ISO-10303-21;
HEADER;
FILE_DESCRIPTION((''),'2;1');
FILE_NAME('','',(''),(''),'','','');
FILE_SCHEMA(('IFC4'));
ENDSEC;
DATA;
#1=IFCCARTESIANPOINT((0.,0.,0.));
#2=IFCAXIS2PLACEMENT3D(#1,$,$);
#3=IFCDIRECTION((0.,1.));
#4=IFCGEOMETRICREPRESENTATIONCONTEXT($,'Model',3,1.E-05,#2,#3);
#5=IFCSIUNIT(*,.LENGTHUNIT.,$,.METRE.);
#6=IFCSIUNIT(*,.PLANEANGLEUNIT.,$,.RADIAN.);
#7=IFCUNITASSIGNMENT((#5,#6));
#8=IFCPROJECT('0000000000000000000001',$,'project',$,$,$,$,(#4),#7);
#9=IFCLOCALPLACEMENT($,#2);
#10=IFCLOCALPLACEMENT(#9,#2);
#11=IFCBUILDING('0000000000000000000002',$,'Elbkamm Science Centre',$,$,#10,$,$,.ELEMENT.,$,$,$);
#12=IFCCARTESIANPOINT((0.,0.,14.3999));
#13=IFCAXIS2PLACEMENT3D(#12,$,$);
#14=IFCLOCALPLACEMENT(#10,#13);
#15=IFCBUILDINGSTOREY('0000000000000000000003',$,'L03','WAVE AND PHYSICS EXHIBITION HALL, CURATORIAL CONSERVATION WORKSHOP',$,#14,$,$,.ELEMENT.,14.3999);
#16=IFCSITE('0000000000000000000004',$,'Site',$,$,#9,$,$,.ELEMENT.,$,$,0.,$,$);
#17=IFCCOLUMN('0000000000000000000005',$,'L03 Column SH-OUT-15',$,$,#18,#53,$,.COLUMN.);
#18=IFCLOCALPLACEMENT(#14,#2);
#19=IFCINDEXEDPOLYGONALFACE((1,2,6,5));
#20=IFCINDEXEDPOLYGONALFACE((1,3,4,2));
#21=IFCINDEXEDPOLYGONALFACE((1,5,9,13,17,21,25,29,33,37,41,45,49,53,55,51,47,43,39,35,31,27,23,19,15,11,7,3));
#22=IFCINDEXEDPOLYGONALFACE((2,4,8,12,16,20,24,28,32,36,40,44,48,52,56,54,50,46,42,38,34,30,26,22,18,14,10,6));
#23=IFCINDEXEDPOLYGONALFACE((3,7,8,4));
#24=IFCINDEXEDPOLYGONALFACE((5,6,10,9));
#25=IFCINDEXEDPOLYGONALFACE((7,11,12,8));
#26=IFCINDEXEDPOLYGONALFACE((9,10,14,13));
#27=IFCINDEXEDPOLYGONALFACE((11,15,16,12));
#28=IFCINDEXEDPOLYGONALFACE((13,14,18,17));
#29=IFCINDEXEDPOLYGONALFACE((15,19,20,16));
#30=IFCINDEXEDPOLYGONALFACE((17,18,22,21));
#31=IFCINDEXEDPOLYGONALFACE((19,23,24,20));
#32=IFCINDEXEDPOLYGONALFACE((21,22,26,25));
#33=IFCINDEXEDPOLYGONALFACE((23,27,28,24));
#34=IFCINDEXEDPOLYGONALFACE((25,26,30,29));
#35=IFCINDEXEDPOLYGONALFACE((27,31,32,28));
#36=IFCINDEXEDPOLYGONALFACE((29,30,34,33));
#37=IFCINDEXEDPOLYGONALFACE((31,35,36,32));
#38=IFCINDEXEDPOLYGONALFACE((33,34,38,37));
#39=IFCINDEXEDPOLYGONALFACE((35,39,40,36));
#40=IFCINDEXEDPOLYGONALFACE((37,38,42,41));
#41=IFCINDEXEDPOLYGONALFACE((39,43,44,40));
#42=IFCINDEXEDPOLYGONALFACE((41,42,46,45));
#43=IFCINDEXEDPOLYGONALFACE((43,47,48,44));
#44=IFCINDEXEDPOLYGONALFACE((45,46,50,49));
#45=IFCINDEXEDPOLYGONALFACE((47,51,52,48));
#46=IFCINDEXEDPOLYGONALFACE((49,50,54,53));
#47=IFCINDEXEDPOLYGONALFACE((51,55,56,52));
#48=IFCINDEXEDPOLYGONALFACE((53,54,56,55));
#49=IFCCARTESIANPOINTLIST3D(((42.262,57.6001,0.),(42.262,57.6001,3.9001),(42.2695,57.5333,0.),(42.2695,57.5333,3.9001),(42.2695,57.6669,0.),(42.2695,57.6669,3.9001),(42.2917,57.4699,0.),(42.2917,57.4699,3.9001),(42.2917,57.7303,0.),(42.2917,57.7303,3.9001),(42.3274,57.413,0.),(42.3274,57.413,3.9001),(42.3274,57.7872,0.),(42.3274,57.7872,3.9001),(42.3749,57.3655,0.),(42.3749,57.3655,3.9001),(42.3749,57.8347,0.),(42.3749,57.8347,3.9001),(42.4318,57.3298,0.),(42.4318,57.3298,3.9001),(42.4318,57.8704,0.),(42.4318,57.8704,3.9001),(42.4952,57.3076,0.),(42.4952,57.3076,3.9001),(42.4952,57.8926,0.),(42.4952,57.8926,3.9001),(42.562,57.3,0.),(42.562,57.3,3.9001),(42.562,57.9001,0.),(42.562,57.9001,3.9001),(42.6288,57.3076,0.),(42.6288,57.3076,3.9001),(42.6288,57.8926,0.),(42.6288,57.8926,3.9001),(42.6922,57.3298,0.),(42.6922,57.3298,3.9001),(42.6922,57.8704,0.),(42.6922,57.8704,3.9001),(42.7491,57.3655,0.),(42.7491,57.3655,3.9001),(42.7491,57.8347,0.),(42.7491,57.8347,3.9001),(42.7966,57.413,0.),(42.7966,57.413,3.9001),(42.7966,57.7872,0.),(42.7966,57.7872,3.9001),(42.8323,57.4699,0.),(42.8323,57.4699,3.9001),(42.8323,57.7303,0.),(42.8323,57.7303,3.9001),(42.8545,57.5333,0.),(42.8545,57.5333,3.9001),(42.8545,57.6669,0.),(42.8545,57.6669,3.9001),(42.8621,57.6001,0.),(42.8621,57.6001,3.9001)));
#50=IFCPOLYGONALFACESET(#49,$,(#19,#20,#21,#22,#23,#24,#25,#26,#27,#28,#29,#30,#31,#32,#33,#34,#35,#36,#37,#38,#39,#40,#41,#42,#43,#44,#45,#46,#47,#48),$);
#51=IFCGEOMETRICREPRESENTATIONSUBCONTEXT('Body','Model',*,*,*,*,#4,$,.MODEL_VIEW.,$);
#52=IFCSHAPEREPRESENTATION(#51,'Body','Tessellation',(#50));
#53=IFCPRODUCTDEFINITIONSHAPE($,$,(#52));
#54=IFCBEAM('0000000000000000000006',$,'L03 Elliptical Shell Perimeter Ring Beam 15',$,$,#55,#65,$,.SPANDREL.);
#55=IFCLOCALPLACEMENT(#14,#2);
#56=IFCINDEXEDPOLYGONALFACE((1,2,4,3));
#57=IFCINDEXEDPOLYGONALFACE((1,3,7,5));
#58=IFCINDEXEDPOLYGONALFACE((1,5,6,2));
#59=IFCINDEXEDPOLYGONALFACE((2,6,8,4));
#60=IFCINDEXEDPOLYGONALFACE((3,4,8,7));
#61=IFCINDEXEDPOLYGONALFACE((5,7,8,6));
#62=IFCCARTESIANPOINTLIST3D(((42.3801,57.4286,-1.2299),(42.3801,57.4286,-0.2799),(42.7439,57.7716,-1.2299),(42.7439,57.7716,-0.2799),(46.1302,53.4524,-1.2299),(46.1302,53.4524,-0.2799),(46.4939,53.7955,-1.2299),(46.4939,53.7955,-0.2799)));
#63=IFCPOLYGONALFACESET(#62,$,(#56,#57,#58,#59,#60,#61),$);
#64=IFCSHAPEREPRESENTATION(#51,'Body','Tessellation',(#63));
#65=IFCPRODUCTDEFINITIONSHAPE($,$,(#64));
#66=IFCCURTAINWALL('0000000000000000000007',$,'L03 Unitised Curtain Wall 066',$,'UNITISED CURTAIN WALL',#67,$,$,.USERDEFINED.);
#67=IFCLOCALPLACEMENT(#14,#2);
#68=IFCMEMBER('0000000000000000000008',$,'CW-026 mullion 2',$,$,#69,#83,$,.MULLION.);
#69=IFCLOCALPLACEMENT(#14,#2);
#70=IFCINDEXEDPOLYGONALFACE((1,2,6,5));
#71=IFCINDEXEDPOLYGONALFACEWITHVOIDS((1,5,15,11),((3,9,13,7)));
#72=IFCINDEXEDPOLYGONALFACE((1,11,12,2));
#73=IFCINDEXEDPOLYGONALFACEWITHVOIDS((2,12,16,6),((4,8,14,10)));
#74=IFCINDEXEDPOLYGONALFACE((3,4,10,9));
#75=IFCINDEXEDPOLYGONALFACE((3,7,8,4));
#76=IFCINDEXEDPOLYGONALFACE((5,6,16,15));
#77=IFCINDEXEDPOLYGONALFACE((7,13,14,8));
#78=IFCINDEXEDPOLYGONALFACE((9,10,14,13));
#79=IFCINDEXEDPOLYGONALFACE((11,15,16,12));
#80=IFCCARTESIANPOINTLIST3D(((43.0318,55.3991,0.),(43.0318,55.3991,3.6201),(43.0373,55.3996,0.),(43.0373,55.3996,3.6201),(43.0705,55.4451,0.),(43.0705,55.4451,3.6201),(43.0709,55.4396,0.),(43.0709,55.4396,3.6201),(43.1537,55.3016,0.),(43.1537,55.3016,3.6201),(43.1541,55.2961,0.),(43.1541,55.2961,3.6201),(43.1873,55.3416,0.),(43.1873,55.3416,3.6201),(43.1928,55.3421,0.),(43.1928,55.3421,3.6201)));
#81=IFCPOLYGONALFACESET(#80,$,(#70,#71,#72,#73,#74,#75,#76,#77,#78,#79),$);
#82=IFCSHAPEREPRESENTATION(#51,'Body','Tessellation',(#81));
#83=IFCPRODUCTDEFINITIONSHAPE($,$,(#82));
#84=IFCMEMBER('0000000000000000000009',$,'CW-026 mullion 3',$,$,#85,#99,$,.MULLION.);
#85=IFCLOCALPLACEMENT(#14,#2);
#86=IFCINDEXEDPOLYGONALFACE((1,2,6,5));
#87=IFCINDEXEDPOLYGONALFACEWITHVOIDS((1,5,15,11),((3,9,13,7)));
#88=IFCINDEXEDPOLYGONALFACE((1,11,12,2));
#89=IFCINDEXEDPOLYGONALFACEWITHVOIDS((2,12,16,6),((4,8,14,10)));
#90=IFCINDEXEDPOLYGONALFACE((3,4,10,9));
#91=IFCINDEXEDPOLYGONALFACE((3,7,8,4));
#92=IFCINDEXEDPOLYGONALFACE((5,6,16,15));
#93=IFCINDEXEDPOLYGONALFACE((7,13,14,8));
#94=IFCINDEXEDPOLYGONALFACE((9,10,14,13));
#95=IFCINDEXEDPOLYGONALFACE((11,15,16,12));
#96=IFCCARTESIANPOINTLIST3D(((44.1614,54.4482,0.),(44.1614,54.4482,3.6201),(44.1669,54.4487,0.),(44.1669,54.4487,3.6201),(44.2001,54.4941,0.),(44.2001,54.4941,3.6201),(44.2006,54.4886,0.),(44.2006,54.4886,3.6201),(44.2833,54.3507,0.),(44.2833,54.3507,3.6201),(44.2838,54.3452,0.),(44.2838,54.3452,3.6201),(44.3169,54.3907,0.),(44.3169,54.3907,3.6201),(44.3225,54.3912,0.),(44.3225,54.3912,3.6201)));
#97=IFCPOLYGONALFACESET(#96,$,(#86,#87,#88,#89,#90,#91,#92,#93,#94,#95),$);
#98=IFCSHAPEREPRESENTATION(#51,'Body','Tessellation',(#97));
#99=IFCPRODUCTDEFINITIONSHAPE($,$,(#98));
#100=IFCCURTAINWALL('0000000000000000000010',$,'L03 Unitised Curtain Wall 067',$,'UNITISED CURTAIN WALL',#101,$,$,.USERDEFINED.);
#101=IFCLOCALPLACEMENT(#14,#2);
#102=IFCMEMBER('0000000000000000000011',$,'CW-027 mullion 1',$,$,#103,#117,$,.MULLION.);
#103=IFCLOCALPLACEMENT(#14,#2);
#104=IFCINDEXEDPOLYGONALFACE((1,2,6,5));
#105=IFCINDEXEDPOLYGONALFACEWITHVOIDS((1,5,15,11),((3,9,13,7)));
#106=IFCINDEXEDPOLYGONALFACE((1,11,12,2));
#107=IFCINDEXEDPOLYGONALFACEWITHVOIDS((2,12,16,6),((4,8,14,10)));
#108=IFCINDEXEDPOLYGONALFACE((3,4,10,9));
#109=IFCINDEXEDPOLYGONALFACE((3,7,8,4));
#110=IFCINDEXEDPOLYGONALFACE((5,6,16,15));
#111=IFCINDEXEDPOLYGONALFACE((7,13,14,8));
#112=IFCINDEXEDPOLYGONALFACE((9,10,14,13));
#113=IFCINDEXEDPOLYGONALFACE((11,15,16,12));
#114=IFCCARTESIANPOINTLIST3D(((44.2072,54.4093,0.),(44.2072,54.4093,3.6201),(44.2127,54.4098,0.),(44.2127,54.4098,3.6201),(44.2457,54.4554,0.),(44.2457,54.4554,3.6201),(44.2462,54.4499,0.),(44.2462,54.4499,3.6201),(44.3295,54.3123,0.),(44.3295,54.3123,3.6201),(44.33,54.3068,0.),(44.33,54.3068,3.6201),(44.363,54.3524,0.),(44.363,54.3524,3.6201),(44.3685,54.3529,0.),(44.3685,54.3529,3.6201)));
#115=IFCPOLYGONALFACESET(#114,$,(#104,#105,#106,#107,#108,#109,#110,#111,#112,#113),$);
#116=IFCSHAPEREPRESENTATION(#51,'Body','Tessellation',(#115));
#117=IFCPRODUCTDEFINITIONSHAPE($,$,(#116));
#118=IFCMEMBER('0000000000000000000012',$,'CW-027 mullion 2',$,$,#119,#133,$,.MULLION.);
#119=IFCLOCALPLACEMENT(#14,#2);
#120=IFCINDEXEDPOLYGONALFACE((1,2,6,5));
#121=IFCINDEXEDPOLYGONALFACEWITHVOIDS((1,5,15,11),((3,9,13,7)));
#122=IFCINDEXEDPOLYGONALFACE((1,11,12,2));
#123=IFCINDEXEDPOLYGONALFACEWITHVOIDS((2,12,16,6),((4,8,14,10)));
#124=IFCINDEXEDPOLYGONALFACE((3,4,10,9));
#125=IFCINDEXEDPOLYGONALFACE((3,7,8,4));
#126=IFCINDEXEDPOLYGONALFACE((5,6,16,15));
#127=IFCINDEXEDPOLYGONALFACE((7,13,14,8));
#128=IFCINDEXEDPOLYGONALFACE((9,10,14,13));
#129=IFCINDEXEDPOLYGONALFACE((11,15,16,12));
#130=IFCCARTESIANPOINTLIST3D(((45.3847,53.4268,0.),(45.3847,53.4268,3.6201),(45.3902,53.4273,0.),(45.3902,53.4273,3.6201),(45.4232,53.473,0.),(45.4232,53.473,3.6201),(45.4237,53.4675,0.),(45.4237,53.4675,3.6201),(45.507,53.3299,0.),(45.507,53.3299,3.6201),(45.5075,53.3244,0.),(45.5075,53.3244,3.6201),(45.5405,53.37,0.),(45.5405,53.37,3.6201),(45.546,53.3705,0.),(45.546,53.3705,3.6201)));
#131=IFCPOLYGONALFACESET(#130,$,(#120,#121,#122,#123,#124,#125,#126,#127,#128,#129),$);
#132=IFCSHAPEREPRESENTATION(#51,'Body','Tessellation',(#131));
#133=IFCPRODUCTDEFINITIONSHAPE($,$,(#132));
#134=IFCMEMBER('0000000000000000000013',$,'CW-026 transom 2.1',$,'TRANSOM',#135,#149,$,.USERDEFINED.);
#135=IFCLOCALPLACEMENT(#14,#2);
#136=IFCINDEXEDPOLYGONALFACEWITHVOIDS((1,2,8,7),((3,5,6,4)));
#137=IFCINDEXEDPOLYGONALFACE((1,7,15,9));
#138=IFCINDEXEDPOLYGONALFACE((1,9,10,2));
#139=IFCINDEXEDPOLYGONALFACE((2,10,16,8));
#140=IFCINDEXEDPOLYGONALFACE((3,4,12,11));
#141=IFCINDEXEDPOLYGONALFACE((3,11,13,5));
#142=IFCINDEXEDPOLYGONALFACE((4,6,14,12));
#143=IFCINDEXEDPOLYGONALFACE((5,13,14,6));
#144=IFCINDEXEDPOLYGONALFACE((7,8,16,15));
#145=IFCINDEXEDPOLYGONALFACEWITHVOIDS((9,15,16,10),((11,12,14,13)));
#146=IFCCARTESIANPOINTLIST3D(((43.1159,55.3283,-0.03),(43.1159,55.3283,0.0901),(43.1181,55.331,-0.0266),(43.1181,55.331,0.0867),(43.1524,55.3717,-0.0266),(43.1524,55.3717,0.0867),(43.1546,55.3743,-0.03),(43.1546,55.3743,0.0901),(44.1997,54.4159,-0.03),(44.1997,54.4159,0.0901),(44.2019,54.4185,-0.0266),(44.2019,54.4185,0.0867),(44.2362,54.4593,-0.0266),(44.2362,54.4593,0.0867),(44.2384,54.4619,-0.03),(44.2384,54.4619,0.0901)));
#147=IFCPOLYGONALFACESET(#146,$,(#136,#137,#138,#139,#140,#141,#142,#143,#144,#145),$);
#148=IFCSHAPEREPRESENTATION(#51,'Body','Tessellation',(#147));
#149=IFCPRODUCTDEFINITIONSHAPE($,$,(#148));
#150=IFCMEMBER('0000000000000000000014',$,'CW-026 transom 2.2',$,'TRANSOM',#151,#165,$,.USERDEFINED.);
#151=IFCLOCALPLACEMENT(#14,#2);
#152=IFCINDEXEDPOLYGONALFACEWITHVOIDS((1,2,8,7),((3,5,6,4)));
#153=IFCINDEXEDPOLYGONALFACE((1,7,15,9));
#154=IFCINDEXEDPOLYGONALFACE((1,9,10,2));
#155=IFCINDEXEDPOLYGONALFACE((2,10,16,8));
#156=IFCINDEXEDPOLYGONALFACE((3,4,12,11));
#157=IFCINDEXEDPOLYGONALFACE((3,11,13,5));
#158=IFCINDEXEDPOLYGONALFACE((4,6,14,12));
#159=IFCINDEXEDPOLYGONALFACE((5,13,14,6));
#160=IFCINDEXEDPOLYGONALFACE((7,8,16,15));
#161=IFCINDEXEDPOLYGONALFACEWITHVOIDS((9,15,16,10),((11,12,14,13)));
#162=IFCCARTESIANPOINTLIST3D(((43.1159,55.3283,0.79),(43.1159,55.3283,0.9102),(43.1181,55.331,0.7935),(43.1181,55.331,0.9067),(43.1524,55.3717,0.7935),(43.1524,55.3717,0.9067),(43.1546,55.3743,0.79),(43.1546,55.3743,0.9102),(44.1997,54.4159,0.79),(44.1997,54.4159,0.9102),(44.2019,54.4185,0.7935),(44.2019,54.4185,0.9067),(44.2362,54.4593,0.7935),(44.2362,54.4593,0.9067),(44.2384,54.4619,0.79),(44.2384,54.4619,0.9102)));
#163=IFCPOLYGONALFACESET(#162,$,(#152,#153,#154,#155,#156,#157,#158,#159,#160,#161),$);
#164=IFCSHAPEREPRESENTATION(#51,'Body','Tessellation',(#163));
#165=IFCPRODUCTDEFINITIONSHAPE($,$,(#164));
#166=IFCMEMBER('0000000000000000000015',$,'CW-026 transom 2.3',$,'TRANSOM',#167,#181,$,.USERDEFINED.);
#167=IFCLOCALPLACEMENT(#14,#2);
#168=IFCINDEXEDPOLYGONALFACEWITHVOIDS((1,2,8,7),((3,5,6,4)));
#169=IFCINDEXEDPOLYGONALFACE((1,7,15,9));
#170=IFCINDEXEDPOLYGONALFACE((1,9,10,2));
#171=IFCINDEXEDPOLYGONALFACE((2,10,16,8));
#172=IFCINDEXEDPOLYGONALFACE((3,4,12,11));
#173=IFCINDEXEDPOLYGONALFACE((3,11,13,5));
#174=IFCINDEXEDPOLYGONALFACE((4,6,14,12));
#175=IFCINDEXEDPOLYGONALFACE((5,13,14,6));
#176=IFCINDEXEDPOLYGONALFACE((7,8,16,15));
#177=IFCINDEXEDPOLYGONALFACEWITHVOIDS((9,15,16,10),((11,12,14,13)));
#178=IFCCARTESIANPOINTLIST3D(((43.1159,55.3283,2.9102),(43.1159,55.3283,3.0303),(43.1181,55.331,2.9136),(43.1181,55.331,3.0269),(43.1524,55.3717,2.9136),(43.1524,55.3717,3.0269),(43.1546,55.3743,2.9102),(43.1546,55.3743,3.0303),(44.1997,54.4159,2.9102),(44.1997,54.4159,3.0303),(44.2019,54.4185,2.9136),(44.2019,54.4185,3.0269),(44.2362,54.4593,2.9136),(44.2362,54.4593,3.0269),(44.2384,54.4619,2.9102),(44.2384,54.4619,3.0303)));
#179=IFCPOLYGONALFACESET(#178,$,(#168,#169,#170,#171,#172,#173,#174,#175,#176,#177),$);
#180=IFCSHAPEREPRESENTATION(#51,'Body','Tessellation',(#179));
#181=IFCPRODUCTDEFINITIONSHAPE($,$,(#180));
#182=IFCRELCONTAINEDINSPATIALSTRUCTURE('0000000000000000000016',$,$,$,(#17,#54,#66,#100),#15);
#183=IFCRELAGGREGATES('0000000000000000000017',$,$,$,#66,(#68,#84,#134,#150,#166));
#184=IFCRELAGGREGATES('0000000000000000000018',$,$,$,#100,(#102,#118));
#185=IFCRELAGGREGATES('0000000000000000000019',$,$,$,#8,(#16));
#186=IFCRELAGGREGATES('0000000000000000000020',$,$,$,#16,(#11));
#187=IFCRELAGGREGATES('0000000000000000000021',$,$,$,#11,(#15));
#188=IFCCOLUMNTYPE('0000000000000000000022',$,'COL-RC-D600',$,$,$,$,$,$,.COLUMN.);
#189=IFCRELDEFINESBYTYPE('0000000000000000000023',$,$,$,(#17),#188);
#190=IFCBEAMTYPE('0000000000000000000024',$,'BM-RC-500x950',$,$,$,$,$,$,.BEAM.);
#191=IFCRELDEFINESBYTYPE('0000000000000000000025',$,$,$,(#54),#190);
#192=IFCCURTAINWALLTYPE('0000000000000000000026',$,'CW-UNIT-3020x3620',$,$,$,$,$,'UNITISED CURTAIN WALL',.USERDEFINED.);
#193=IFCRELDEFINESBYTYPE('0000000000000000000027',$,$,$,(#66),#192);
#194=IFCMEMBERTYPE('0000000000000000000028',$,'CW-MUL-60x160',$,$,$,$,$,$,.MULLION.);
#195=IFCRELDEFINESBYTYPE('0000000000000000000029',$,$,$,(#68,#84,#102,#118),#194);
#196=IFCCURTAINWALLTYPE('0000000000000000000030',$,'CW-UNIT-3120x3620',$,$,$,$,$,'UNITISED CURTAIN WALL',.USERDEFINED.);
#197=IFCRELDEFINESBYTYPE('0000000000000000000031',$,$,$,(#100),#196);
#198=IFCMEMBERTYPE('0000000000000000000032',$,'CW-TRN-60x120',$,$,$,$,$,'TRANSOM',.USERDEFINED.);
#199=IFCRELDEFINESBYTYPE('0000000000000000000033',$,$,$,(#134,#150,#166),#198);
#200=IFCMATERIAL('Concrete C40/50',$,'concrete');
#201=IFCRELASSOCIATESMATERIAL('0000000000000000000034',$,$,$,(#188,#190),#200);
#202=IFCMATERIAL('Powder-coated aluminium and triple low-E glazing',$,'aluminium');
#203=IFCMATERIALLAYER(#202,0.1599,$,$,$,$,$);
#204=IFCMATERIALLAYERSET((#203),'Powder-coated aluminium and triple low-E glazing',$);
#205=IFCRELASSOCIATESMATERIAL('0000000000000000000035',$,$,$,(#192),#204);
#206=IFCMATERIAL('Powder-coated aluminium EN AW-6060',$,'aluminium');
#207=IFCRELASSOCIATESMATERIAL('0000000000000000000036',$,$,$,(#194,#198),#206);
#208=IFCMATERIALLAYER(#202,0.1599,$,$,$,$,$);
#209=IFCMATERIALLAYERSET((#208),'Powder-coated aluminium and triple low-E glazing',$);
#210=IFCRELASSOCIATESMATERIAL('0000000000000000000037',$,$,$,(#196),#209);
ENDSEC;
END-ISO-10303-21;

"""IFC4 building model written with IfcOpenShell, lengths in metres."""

from ifc_helpers import new_model, si_unit, direction, frame, origin, origin_2d, place, context, subcontext, project, spatial, rectangle, hollow_rectangle, circle, extrude, material, layer, layer_set, material_profile, profile_set, type_object, element, aggregate, save


model = new_model("IFC4")

# Units and contexts
model_context = context("Model", 3, precision=1e-05, world=origin(), true_north=direction((0.0, 1.0)))
body_context = subcontext(model_context, "Body", "Model", "MODEL_VIEW")
ifc_project = project(units=[si_unit("LENGTHUNIT", "METRE"), si_unit("PLANEANGLEUNIT", "RADIAN")], contexts=[model_context])

# Site, building, storey
site_placement = place(None, origin())
site = spatial("IfcSite", under=ifc_project, at=site_placement, Name="Site", CompositionType="ELEMENT", RefElevation=0.0)
building_placement = place(site_placement, origin())
building = spatial("IfcBuilding", under=site, at=building_placement, Name="Elbkamm Science Centre", CompositionType="ELEMENT")
storey_placement = place(building_placement, frame((0.0, 0.0, 14.3999)))
storey = spatial("IfcBuildingStorey", under=building, at=storey_placement, Name="L03", Description="WAVE AND PHYSICS EXHIBITION HALL, CURATORIAL CONSERVATION WORKSHOP", CompositionType="ELEMENT", Elevation=14.3999)

# Column
ifc_material_1 = material(Name="Concrete C40/50", Category="concrete")
ifc_material_profile_1 = material_profile(ifc_material_1, circle(Radius=0.3, at=origin_2d()), Name="RC D600")
ifc_profile_set_1 = profile_set([ifc_material_profile_1], Name="Concrete C40/50")
column_type = type_object("IfcColumnType", Name="COL-RC-D600", PredefinedType="COLUMN", material=ifc_profile_set_1)
column_placement = place(storey_placement, frame((42.562, 57.6001, 0.0), z_axis=(0.0, 0.0, 1.0), x_axis=(1.0, 0.0, 0.0)))
element("IfcColumn", 1, at=column_placement, inside=storey, type_object=column_type, Name="L03 Column SH-OUT-15", PredefinedType="COLUMN", context=body_context, shape_type="SweptSolid", body=[
    extrude(circle(Radius=0.3, at=origin_2d()), origin(), (0.0, 0.0, 1.0), 3.9001),
])

# Beam
ifc_material_profile_2 = material_profile(ifc_material_1, rectangle(XDim=0.5, YDim=0.95, at=origin_2d()), Name="RC 500x950")
ifc_profile_set_2 = profile_set([ifc_material_profile_2], Name="Concrete C40/50")
beam_type = type_object("IfcBeamType", Name="BM-RC-500x950", PredefinedType="BEAM", material=ifc_profile_set_2)
beam_placement = place(storey_placement, frame((42.562, 57.6001, -0.7549), z_axis=(0.686122, -0.727486, 0.0), x_axis=(0.727486, 0.686122, 0.0)))
element("IfcBeam", 2, at=beam_placement, inside=storey, type_object=beam_type, Name="L03 Elliptical Shell Perimeter Ring Beam 15", PredefinedType="SPANDREL", context=body_context, shape_type="SweptSolid", body=[
    extrude(rectangle(XDim=0.5, YDim=0.95, at=origin_2d()), origin(), (0.0, 0.0, 1.0), 5.4656),
])

# Curtain walls, members
ifc_material_2 = material(Name="Powder-coated aluminium and triple low-E glazing", Category="aluminium")
ifc_layer_1 = layer(ifc_material_2, 0.1599)
ifc_layer_set_1 = layer_set([ifc_layer_1], Name="Powder-coated aluminium and triple low-E glazing")
curtain_wall_type_1 = type_object("IfcCurtainWallType", Name="CW-UNIT-3020x3620", ElementType="UNITISED CURTAIN WALL", PredefinedType="USERDEFINED", material=ifc_layer_set_1)
curtain_wall_1_placement = place(storey_placement, origin())
curtain_wall_1 = element("IfcCurtainWall", 3, at=curtain_wall_1_placement, inside=storey, type_object=curtain_wall_type_1, Name="L03 Unitised Curtain Wall 066", ObjectType="UNITISED CURTAIN WALL", PredefinedType="USERDEFINED")
ifc_material_3 = material(Name="Powder-coated aluminium EN AW-6060", Category="aluminium")
ifc_material_profile_3 = material_profile(ifc_material_3, hollow_rectangle(XDim=0.0601, YDim=0.1599, WallThickness=0.0039, at=origin_2d()), Name="ALU M60x160")
ifc_profile_set_3 = profile_set([ifc_material_profile_3], Name="Powder-coated aluminium EN AW-6060")
member_type_1 = type_object("IfcMemberType", Name="CW-MUL-60x160", PredefinedType="MULLION", material=ifc_profile_set_3)
member_1_placement = place(storey_placement, frame((43.1123, 55.3706, 0.0), z_axis=(0.0, 0.0, 1.0), x_axis=(0.643957, 0.765062, 0.0)))
member_1 = element("IfcMember", 4, at=member_1_placement, type_object=member_type_1, Name="CW-026 mullion 2", PredefinedType="MULLION", context=body_context, shape_type="SweptSolid", body=[
    extrude(hollow_rectangle(XDim=0.0601, YDim=0.1599, WallThickness=0.0039, at=origin_2d()), origin(), (0.0, 0.0, 1.0), 3.6201),
])
member_2_placement = place(storey_placement, frame((44.2419, 54.4197, 0.0), z_axis=(0.0, 0.0, 1.0), x_axis=(0.643957, 0.765062, 0.0)))
member_2 = element("IfcMember", 5, at=member_2_placement, type_object=member_type_1, Name="CW-026 mullion 3", PredefinedType="MULLION", context=body_context, shape_type="SweptSolid", body=[
    extrude(hollow_rectangle(XDim=0.0601, YDim=0.1599, WallThickness=0.0039, at=origin_2d()), origin(), (0.0, 0.0, 1.0), 3.6201),
])
ifc_layer_2 = layer(ifc_material_2, 0.1599)
ifc_layer_set_2 = layer_set([ifc_layer_2], Name="Powder-coated aluminium and triple low-E glazing")
curtain_wall_type_2 = type_object("IfcCurtainWallType", Name="CW-UNIT-3120x3620", ElementType="UNITISED CURTAIN WALL", PredefinedType="USERDEFINED", material=ifc_layer_set_2)
curtain_wall_2_placement = place(storey_placement, origin())
curtain_wall_2 = element("IfcCurtainWall", 6, at=curtain_wall_2_placement, inside=storey, type_object=curtain_wall_type_2, Name="L03 Unitised Curtain Wall 067", ObjectType="UNITISED CURTAIN WALL", PredefinedType="USERDEFINED")
member_3_placement = place(storey_placement, frame((44.2878, 54.3811, 0.0), z_axis=(0.0, 0.0, 1.0), x_axis=(0.640647, 0.767836, 0.0)))
member_3 = element("IfcMember", 7, at=member_3_placement, type_object=member_type_1, Name="CW-027 mullion 1", PredefinedType="MULLION", context=body_context, shape_type="SweptSolid", body=[
    extrude(hollow_rectangle(XDim=0.0601, YDim=0.1599, WallThickness=0.0039, at=origin_2d()), origin(), (0.0, 0.0, 1.0), 3.6201),
])
member_4_placement = place(storey_placement, frame((45.4653, 53.3987, 0.0), z_axis=(0.0, 0.0, 1.0), x_axis=(0.640647, 0.767836, 0.0)))
member_4 = element("IfcMember", 8, at=member_4_placement, type_object=member_type_1, Name="CW-027 mullion 2", PredefinedType="MULLION", context=body_context, shape_type="SweptSolid", body=[
    extrude(hollow_rectangle(XDim=0.0601, YDim=0.1599, WallThickness=0.0039, at=origin_2d()), origin(), (0.0, 0.0, 1.0), 3.6201),
])

# Members
ifc_material_profile_4 = material_profile(ifc_material_3, hollow_rectangle(XDim=0.0601, YDim=0.1201, WallThickness=0.0034, at=origin_2d()), Name="ALU T60x120")
ifc_profile_set_4 = profile_set([ifc_material_profile_4], Name="Powder-coated aluminium EN AW-6060")
member_type_2 = type_object("IfcMemberType", Name="CW-TRN-60x120", ElementType="TRANSOM", PredefinedType="USERDEFINED", material=ifc_profile_set_4)
member_5_placement = place(storey_placement, frame((43.1353, 55.3513, 0.03), z_axis=(0.765005, -0.644024, 0.0), x_axis=(0.644024, 0.765005, 0.0)))
member_5 = element("IfcMember", 9, at=member_5_placement, type_object=member_type_2, Name="CW-026 transom 2.1", ObjectType="TRANSOM", PredefinedType="USERDEFINED", context=body_context, shape_type="SweptSolid", body=[
    extrude(hollow_rectangle(XDim=0.0601, YDim=0.1201, WallThickness=0.0034, at=origin_2d()), origin(), (0.0, 0.0, 1.0), 1.4167),
])
member_6_placement = place(storey_placement, frame((43.1353, 55.3513, 0.8501), z_axis=(0.765005, -0.644024, 0.0), x_axis=(0.644024, 0.765005, 0.0)))
member_6 = element("IfcMember", 10, at=member_6_placement, type_object=member_type_2, Name="CW-026 transom 2.2", ObjectType="TRANSOM", PredefinedType="USERDEFINED", context=body_context, shape_type="SweptSolid", body=[
    extrude(hollow_rectangle(XDim=0.0601, YDim=0.1201, WallThickness=0.0034, at=origin_2d()), origin(), (0.0, 0.0, 1.0), 1.4167),
])
member_7_placement = place(storey_placement, frame((43.1353, 55.3513, 2.9702), z_axis=(0.765005, -0.644024, 0.0), x_axis=(0.644024, 0.765005, 0.0)))
member_7 = element("IfcMember", 11, at=member_7_placement, type_object=member_type_2, Name="CW-026 transom 2.3", ObjectType="TRANSOM", PredefinedType="USERDEFINED", context=body_context, shape_type="SweptSolid", body=[
    extrude(hollow_rectangle(XDim=0.0601, YDim=0.1201, WallThickness=0.0034, at=origin_2d()), origin(), (0.0, 0.0, 1.0), 1.4167),
])

aggregate(curtain_wall_1, [member_1, member_2, member_5, member_6, member_7])
aggregate(curtain_wall_2, [member_3, member_4])

save(model, "model.ifc")
